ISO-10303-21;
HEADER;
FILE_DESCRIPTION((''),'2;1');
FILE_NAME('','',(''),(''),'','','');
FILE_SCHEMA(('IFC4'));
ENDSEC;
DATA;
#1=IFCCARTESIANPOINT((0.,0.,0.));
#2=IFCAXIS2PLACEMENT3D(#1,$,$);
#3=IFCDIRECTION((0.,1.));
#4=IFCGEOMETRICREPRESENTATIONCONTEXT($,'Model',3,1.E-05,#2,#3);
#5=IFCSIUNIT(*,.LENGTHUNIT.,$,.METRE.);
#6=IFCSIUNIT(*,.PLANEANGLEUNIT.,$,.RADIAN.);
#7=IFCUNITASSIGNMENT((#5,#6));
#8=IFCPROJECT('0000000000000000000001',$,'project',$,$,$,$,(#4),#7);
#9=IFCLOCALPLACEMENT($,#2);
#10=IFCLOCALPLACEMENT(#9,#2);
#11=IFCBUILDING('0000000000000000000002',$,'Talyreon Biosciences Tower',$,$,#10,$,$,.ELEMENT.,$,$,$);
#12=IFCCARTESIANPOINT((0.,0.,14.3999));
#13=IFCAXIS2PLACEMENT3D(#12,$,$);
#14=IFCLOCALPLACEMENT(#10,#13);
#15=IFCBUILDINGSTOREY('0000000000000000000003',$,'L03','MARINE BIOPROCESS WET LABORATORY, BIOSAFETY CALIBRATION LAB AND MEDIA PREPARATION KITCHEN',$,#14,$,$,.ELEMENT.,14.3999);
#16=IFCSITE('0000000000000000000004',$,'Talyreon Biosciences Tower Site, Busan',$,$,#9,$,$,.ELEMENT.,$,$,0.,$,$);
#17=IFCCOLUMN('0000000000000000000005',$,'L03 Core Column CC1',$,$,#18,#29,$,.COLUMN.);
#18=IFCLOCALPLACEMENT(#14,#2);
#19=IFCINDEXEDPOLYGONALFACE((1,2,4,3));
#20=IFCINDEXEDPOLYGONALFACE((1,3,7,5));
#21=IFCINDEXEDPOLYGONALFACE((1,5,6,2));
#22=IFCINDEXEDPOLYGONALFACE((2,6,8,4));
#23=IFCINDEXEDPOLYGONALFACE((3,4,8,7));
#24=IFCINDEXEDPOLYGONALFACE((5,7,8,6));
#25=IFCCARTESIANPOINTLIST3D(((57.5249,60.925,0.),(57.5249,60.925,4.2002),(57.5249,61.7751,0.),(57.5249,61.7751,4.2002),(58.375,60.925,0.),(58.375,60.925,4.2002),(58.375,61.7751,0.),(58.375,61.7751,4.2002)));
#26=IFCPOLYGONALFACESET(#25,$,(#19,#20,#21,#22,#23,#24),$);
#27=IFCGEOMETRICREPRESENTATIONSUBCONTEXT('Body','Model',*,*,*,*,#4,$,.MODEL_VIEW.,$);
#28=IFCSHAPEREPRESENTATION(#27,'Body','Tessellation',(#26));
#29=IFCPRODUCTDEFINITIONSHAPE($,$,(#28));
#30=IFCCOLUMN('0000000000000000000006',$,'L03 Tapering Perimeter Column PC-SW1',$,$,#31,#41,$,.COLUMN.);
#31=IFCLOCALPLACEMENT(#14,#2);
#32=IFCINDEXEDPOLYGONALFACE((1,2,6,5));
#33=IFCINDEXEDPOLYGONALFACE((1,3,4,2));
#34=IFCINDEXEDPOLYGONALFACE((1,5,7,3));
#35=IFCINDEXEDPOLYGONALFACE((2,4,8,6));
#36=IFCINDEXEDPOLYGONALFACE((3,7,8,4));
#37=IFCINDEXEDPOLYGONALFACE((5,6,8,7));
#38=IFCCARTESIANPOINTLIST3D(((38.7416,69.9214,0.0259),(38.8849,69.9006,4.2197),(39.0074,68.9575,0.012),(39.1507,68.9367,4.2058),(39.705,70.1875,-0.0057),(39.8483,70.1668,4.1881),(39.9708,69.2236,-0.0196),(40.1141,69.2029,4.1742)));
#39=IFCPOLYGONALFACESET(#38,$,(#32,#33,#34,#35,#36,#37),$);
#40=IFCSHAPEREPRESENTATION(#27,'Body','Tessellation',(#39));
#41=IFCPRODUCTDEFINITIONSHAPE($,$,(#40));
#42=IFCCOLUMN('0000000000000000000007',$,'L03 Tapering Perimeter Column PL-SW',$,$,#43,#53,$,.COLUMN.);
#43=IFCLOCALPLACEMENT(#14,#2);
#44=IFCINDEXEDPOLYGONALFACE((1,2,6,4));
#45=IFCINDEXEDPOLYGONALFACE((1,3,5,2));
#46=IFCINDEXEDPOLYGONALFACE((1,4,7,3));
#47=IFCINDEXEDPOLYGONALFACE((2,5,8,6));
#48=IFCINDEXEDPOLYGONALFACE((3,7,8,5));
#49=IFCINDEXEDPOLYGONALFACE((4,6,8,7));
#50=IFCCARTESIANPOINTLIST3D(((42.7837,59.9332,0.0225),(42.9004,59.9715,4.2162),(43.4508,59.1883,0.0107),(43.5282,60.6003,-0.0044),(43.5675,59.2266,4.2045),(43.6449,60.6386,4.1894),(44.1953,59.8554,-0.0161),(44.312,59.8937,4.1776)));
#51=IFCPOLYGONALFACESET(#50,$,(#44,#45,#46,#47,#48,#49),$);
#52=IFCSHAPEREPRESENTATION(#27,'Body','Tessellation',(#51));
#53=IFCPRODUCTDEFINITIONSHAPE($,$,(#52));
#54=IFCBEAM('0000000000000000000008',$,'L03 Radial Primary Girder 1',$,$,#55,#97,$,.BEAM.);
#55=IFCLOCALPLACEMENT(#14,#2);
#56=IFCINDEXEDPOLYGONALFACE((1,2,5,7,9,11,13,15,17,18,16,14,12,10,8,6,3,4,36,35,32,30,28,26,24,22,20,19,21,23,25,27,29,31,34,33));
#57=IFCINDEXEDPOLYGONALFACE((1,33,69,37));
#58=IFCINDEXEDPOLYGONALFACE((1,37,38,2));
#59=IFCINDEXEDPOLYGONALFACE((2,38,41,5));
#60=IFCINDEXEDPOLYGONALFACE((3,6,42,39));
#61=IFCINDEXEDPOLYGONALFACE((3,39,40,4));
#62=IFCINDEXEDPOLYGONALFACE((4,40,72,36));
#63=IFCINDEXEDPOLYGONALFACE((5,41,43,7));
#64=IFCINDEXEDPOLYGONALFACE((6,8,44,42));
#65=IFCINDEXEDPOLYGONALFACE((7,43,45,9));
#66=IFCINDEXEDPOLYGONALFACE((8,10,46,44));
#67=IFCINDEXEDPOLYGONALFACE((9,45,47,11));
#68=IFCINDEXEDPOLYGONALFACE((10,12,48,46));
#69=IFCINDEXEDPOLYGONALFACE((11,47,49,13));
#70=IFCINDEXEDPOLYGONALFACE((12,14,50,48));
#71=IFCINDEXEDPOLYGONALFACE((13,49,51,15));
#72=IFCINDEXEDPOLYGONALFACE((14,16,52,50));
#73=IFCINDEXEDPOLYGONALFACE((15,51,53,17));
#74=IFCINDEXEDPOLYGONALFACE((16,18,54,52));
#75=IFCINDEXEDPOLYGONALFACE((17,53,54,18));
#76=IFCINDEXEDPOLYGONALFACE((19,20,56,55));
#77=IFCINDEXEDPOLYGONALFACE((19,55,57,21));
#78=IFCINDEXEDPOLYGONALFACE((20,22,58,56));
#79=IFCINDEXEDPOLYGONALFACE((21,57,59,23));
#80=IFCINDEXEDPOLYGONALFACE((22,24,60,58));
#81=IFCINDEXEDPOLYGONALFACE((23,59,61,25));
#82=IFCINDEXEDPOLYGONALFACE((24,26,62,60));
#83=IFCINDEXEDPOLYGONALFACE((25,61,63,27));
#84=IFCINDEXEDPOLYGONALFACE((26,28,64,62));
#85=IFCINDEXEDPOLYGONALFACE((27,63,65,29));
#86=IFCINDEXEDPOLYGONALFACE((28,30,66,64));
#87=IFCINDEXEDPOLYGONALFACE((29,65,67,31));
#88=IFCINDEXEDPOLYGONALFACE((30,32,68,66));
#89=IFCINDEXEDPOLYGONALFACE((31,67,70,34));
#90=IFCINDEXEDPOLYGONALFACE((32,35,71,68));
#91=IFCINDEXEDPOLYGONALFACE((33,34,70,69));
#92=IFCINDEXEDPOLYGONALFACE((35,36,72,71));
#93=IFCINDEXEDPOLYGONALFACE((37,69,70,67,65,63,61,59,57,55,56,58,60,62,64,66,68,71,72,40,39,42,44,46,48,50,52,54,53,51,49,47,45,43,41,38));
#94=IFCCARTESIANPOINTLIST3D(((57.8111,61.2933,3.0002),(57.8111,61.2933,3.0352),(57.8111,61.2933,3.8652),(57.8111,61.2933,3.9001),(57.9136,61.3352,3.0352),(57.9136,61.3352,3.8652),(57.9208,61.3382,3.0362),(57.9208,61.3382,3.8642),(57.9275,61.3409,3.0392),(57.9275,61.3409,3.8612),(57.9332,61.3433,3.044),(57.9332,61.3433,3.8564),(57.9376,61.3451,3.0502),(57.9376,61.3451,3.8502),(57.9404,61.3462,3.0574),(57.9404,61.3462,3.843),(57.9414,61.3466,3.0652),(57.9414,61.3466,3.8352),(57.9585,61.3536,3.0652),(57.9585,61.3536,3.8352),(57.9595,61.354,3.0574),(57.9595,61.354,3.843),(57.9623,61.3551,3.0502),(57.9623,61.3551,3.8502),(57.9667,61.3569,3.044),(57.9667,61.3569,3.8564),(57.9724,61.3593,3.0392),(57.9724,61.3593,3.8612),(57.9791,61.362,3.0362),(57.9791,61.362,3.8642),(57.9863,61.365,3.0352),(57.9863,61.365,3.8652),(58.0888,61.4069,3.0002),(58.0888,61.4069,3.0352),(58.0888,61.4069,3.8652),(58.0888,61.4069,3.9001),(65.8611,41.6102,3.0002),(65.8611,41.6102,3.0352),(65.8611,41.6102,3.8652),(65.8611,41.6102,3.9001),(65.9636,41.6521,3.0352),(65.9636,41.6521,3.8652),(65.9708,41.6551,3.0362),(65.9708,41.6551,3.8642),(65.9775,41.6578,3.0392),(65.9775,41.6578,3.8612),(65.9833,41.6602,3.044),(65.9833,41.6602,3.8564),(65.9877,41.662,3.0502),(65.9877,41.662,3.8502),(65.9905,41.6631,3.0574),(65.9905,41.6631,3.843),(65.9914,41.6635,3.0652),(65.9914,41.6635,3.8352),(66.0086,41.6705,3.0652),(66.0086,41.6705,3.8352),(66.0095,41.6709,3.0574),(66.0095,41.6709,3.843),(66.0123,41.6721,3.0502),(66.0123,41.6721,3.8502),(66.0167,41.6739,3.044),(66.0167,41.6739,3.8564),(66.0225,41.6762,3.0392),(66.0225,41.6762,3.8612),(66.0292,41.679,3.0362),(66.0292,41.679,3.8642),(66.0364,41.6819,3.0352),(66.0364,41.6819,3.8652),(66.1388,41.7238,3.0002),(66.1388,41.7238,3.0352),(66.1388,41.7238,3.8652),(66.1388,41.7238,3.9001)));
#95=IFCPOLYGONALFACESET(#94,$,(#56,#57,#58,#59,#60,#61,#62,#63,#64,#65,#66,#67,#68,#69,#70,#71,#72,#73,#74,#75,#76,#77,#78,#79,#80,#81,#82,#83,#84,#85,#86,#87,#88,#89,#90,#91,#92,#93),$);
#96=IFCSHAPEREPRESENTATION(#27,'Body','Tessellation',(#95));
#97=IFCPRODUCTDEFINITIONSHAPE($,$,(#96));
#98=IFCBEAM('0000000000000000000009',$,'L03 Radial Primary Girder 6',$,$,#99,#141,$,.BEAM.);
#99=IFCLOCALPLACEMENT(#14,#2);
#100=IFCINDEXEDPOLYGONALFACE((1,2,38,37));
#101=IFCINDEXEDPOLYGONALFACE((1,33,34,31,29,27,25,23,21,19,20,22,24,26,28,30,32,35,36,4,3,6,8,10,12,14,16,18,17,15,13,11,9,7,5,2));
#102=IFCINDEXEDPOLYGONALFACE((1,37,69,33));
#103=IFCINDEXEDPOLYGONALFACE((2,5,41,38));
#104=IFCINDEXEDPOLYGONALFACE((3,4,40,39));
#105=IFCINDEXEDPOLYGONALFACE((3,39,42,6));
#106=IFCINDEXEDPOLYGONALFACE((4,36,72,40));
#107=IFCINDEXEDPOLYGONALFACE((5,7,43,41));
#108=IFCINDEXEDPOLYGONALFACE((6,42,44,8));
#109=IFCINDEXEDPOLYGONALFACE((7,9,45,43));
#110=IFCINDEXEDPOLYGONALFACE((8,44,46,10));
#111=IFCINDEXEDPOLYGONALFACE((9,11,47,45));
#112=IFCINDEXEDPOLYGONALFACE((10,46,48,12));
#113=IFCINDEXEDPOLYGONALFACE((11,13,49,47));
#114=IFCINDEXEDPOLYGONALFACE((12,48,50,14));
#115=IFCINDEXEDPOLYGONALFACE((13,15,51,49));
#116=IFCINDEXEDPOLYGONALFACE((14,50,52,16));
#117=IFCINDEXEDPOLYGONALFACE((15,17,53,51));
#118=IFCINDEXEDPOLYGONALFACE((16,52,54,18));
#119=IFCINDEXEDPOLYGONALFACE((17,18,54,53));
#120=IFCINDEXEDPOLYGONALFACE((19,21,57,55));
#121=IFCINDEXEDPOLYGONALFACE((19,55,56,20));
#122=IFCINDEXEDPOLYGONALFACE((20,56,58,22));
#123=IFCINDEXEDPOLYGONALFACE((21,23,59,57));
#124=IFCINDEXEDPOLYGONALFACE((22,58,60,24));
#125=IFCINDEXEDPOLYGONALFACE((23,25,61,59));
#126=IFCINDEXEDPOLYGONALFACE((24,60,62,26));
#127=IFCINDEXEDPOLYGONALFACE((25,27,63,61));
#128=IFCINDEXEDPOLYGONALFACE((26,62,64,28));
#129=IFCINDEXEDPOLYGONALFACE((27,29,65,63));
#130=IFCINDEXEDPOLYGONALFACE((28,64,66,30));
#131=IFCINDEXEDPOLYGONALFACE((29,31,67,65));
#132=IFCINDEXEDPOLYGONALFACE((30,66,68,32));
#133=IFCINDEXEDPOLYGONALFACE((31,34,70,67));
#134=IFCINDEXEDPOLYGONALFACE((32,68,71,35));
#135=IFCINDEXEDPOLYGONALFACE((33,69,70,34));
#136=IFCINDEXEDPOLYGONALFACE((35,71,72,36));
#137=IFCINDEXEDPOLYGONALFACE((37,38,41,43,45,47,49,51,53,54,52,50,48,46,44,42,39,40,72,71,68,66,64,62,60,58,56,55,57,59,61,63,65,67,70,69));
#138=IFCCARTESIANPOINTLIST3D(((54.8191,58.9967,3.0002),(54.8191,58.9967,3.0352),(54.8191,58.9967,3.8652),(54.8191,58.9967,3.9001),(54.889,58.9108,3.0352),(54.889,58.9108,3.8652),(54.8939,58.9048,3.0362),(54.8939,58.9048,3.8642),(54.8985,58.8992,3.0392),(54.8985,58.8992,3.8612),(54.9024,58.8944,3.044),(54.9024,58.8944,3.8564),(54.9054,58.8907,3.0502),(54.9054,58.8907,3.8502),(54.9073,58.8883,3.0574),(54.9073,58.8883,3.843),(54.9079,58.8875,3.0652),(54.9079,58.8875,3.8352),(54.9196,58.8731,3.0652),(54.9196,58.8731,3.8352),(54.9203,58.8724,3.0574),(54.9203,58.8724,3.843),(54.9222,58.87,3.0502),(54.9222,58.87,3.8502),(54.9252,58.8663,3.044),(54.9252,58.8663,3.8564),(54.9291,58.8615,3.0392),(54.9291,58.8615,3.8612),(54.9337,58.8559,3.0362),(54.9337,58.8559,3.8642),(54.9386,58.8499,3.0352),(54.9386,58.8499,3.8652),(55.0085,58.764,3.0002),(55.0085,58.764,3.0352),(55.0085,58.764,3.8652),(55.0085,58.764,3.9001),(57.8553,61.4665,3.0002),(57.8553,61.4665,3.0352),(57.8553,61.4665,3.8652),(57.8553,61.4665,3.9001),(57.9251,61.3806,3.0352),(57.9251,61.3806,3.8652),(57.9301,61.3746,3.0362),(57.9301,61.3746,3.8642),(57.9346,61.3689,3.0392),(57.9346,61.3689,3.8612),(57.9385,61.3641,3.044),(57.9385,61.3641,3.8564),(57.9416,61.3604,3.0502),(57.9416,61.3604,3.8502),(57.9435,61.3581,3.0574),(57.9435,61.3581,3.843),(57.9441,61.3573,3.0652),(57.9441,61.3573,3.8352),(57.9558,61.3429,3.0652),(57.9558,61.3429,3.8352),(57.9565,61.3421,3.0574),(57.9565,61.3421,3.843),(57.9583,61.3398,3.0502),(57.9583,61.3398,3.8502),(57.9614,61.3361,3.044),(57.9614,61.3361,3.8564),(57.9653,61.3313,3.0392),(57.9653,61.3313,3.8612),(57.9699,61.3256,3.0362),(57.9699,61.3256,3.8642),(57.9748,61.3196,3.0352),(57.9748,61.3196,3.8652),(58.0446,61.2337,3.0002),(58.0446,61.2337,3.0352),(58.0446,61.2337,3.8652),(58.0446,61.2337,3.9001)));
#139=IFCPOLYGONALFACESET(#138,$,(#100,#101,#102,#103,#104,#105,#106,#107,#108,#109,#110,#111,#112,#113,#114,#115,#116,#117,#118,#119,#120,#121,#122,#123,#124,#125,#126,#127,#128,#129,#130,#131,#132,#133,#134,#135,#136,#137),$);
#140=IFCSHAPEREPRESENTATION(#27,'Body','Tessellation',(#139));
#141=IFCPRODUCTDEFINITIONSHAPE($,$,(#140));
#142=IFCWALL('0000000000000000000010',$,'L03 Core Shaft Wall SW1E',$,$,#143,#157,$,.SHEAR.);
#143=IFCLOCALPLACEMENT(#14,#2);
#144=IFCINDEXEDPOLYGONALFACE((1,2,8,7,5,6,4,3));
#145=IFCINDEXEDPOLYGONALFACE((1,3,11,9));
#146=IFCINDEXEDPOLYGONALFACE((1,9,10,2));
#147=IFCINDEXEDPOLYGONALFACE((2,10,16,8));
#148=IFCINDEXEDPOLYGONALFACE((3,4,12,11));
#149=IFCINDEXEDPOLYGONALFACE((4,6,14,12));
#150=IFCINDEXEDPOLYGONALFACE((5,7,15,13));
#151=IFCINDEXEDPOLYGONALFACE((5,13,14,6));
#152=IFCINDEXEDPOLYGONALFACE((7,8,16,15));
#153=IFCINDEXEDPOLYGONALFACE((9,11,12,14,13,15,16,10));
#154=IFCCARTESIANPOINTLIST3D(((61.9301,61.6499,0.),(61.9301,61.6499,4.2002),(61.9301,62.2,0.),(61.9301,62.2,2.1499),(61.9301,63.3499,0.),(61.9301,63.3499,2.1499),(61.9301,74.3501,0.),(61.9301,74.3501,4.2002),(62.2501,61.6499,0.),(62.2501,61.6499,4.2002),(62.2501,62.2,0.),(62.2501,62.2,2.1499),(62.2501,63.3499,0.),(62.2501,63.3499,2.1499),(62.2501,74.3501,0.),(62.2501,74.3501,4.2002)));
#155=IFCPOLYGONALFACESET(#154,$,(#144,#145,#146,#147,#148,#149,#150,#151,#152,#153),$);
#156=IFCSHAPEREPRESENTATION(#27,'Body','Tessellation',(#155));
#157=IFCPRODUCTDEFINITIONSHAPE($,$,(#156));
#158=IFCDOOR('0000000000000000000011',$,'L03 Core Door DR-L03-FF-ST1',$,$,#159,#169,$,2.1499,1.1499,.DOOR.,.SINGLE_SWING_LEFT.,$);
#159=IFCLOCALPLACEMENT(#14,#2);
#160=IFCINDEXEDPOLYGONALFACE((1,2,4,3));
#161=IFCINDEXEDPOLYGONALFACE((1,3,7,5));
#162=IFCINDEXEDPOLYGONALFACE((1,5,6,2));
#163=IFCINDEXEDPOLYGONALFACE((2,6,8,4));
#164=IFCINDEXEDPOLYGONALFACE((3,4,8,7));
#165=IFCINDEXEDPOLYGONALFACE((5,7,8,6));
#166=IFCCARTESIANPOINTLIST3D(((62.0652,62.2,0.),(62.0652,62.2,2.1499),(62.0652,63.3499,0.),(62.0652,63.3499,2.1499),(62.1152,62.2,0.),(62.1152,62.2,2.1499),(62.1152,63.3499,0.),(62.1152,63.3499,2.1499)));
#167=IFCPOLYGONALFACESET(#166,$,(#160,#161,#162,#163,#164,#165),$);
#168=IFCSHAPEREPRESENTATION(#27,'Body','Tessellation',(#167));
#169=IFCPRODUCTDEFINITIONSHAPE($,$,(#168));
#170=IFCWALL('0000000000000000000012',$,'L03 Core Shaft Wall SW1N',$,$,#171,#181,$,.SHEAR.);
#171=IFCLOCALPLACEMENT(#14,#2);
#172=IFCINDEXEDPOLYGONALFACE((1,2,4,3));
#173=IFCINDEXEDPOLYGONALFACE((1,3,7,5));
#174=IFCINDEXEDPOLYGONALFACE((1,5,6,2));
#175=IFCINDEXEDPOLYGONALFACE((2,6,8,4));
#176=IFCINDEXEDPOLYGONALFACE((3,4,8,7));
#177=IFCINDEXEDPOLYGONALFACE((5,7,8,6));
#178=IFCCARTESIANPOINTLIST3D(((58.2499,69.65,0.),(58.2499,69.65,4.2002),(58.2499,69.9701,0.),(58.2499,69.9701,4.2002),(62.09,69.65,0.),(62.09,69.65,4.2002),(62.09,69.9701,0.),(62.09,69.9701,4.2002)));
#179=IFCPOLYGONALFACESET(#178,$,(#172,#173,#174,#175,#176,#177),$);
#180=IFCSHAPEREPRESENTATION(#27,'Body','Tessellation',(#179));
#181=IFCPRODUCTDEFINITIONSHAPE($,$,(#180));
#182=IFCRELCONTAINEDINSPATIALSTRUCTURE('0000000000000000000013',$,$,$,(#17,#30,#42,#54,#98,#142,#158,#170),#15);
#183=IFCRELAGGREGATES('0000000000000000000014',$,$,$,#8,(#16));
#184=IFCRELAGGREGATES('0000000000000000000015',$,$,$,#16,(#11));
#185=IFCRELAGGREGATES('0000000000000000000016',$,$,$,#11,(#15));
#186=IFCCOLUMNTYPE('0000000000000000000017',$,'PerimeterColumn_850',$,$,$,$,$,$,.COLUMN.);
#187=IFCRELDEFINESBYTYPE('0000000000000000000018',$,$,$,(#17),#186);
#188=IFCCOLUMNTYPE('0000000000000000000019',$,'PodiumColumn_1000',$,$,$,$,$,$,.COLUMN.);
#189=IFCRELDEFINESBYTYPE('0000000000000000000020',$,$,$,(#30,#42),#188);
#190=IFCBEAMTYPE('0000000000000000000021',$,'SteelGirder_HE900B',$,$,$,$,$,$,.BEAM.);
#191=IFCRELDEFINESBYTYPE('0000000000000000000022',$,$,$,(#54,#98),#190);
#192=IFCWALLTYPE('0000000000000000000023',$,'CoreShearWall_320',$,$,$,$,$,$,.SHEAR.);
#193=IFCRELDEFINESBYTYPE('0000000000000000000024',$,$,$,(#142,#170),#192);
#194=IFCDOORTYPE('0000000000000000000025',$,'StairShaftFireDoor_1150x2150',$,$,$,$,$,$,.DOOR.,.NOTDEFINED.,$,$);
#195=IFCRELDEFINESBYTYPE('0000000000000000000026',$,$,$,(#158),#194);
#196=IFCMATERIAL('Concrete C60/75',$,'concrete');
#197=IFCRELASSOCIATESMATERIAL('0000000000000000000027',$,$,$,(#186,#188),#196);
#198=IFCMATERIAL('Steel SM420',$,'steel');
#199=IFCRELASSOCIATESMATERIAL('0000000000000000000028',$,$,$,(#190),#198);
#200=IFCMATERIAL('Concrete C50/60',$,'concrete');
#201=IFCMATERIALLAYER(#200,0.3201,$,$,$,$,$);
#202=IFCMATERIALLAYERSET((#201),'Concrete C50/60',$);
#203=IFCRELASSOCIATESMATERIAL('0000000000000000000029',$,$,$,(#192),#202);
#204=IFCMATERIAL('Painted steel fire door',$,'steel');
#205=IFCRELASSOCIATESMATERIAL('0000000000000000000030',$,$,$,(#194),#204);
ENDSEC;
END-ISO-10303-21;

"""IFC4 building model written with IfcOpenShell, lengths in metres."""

from ifc_helpers import new_model, si_unit, direction, frame, frame_2d, origin, origin_2d, place, context, subcontext, project, spatial, rectangle, i_section, extrude, material, layer, layer_set, material_profile, profile_set, type_object, element, fill, save


model = new_model("IFC4")

# Units and contexts
model_context = context("Model", 3, precision=1e-05, world=origin(), true_north=direction((0.0, 1.0)))
body_context = subcontext(model_context, "Body", "Model", "MODEL_VIEW")
ifc_project = project(units=[si_unit("LENGTHUNIT", "METRE"), si_unit("PLANEANGLEUNIT", "RADIAN")], contexts=[model_context])

# Site, building, storey
site_placement = place(None, origin())
site = spatial("IfcSite", under=ifc_project, at=site_placement, Name="Talyreon Biosciences Tower Site, Busan", CompositionType="ELEMENT", RefElevation=0.0)
building_placement = place(site_placement, origin())
building = spatial("IfcBuilding", under=site, at=building_placement, Name="Talyreon Biosciences Tower", CompositionType="ELEMENT")
storey_placement = place(building_placement, frame((0.0, 0.0, 14.3999)))
storey = spatial("IfcBuildingStorey", under=building, at=storey_placement, Name="L03", Description="MARINE BIOPROCESS WET LABORATORY, BIOSAFETY CALIBRATION LAB AND MEDIA PREPARATION KITCHEN", CompositionType="ELEMENT", Elevation=14.3999)

# Columns
ifc_material_1 = material(Name="Concrete C60/75", Category="concrete")
ifc_material_profile_1 = material_profile(ifc_material_1, rectangle(XDim=0.8501, YDim=0.8501, at=origin_2d()), Name="RC 850x850")
ifc_profile_set_1 = profile_set([ifc_material_profile_1], Name="Concrete C60/75")
column_type_1 = type_object("IfcColumnType", Name="PerimeterColumn_850", PredefinedType="COLUMN", material=ifc_profile_set_1)
column_1_placement = place(storey_placement, frame((57.95, 61.3501, 0.0), z_axis=(0.0, 0.0, 1.0), x_axis=(1.0, 0.0, 0.0)))
element("IfcColumn", 1, at=column_1_placement, inside=storey, type_object=column_type_1, Name="L03 Core Column CC1", PredefinedType="COLUMN", context=body_context, shape_type="SweptSolid", body=[
    extrude(rectangle(XDim=0.8501, YDim=0.8501, at=origin_2d()), origin(), (0.0, 0.0, 1.0), 4.2002),
])
ifc_material_profile_2 = material_profile(ifc_material_1, rectangle(XDim=1.0, YDim=1.0, at=origin_2d()), Name="RC 1000x1000")
ifc_profile_set_2 = profile_set([ifc_material_profile_2], Name="Concrete C60/75")
column_type_2 = type_object("IfcColumnType", Name="PodiumColumn_1000", PredefinedType="COLUMN", material=ifc_profile_set_2)
column_2_placement = place(storey_placement, frame((39.3562, 69.5725, 0.0032), z_axis=(0.034151, -0.004945, 0.999404), x_axis=(0.963414, 0.266149, -0.031604)))
element("IfcColumn", 2, at=column_2_placement, inside=storey, type_object=column_type_2, Name="L03 Tapering Perimeter Column PC-SW1", PredefinedType="COLUMN", context=body_context, shape_type="SweptSolid", body=[
    extrude(rectangle(XDim=1.0, YDim=1.0, at=origin_2d()), origin(), (0.0, 0.0, 1.0), 4.1963),
])
column_3_placement = place(storey_placement, frame((43.4895, 59.8943, 0.0032), z_axis=(0.027814, 0.009136, 0.999571), x_axis=(0.744488, 0.667097, -0.026813)))
element("IfcColumn", 3, at=column_3_placement, inside=storey, type_object=column_type_2, Name="L03 Tapering Perimeter Column PL-SW", PredefinedType="COLUMN", context=body_context, shape_type="SweptSolid", body=[
    extrude(rectangle(XDim=1.0, YDim=1.0, at=origin_2d()), origin(), (0.0, 0.0, 1.0), 4.1956),
])

# Beams
ifc_material_2 = material(Name="Steel SM420", Category="steel")
ifc_material_profile_3 = material_profile(ifc_material_2, i_section(OverallWidth=0.3, OverallDepth=0.8999, WebThickness=0.0186, FlangeThickness=0.0349, FilletRadius=0.03, at=origin_2d()), Name="HE900B")
ifc_profile_set_3 = profile_set([ifc_material_profile_3], Name="Steel SM420")
beam_type = type_object("IfcBeamType", Name="SteelGirder_HE900B", PredefinedType="BEAM", material=ifc_profile_set_3)
beam_1_placement = place(storey_placement, frame((57.95, 61.3501, 3.4502), z_axis=(0.378547, -0.925582, 0.0), x_axis=(0.925582, 0.378547, 0.0)))
element("IfcBeam", 4, at=beam_1_placement, inside=storey, type_object=beam_type, Name="L03 Radial Primary Girder 1", PredefinedType="BEAM", context=body_context, shape_type="SweptSolid", body=[
    extrude(i_section(OverallWidth=0.3, OverallDepth=0.8999, WebThickness=0.0186, FlangeThickness=0.0349, FilletRadius=0.03, at=origin_2d()), origin(), (0.0, 0.0, 1.0), 21.2656),
])
beam_2_placement = place(storey_placement, frame((57.95, 61.3501, 3.4502), z_axis=(-0.775755, -0.631034, 0.0), x_axis=(0.631034, -0.775755, 0.0)))
element("IfcBeam", 5, at=beam_2_placement, inside=storey, type_object=beam_type, Name="L03 Radial Primary Girder 6", PredefinedType="BEAM", context=body_context, shape_type="SweptSolid", body=[
    extrude(i_section(OverallWidth=0.3, OverallDepth=0.8999, WebThickness=0.0186, FlangeThickness=0.0349, FilletRadius=0.03, at=origin_2d()), origin(), (0.0, 0.0, 1.0), 3.9138),
])

# Wall, opening, door
ifc_material_3 = material(Name="Concrete C50/60", Category="concrete")
ifc_layer_1 = layer(ifc_material_3, 0.3201)
ifc_layer_set_1 = layer_set([ifc_layer_1], Name="Concrete C50/60")
wall_type_1 = type_object("IfcWallType", Name="CoreShearWall_320", PredefinedType="SHEAR", material=ifc_layer_set_1)
wall_1_placement = place(storey_placement, frame((62.0901, 61.6499, 0.0), z_axis=(0.0, 0.0, 1.0), x_axis=(0.0, 1.0, 0.0)))
wall_1 = element("IfcWall", 6, at=wall_1_placement, inside=storey, type_object=wall_type_1, Name="L03 Core Shaft Wall SW1E", PredefinedType="SHEAR", context=body_context, shape_type="SweptSolid", body=[
    extrude(rectangle(XDim=12.7002, YDim=0.3201, at=frame_2d((6.3501, 0.0))), origin(), (0.0, 0.0, 1.0), 4.2002),
])
opening_1_placement = place(wall_1_placement, frame((0.55, 0.0, 0.0)))
opening_1 = element("IfcOpeningElement", 7, at=opening_1_placement, cuts=wall_1, PredefinedType="OPENING", context=body_context, shape_type="SweptSolid", body=[
    extrude(rectangle(XDim=1.1499, YDim=2.1499, at=frame_2d((0.575, 1.075))), frame((0.0, 0.1699, 0.0), z_axis=(0.0, -1.0, 0.0), x_axis=(1.0, 0.0, 0.0)), (0.0, 0.0, 1.0), 0.3401),
])
ifc_material_4 = material(Name="Painted steel fire door", Category="steel")
door_type_1 = type_object("IfcDoorType", Name="StairShaftFireDoor_1150x2150", OperationType="NOTDEFINED", PredefinedType="DOOR", material=ifc_material_4)
door_1_placement = place(opening_1_placement, origin())
door_1 = element("IfcDoor", 8, at=door_1_placement, inside=storey, type_object=door_type_1, Name="L03 Core Door DR-L03-FF-ST1", OperationType="SINGLE_SWING_LEFT", OverallHeight=2.1499, OverallWidth=1.1499, PredefinedType="DOOR", context=body_context, shape_type="SweptSolid", body=[
    extrude(rectangle(XDim=1.1499, YDim=2.1499, at=frame_2d((0.575, 1.075))), frame((0.0, 0.0249, 0.0), z_axis=(0.0, -1.0, 0.0), x_axis=(1.0, 0.0, 0.0)), (0.0, 0.0, 1.0), 0.05),
])
fill(opening_1, door_1)

# Wall
for number, where, z_axis, x_axis, name in (
    (9, (58.25, 69.8101, 0.0), (0.0, 0.0, 1.0), (1.0, 0.0, 0.0), "L03 Core Shaft Wall SW1N"),
):
    element("IfcWall", number, at=place(storey_placement, frame(where, z_axis=z_axis, x_axis=x_axis)), inside=storey, type_object=wall_type_1, Name=name, PredefinedType="SHEAR", context=body_context, shape_type="SweptSolid", body=[
        extrude(rectangle(XDim=3.8401, YDim=0.3201, at=frame_2d((1.9199, 0.0))), origin(), (0.0, 0.0, 1.0), 4.2002),
    ])

save(model, "model.ifc")
